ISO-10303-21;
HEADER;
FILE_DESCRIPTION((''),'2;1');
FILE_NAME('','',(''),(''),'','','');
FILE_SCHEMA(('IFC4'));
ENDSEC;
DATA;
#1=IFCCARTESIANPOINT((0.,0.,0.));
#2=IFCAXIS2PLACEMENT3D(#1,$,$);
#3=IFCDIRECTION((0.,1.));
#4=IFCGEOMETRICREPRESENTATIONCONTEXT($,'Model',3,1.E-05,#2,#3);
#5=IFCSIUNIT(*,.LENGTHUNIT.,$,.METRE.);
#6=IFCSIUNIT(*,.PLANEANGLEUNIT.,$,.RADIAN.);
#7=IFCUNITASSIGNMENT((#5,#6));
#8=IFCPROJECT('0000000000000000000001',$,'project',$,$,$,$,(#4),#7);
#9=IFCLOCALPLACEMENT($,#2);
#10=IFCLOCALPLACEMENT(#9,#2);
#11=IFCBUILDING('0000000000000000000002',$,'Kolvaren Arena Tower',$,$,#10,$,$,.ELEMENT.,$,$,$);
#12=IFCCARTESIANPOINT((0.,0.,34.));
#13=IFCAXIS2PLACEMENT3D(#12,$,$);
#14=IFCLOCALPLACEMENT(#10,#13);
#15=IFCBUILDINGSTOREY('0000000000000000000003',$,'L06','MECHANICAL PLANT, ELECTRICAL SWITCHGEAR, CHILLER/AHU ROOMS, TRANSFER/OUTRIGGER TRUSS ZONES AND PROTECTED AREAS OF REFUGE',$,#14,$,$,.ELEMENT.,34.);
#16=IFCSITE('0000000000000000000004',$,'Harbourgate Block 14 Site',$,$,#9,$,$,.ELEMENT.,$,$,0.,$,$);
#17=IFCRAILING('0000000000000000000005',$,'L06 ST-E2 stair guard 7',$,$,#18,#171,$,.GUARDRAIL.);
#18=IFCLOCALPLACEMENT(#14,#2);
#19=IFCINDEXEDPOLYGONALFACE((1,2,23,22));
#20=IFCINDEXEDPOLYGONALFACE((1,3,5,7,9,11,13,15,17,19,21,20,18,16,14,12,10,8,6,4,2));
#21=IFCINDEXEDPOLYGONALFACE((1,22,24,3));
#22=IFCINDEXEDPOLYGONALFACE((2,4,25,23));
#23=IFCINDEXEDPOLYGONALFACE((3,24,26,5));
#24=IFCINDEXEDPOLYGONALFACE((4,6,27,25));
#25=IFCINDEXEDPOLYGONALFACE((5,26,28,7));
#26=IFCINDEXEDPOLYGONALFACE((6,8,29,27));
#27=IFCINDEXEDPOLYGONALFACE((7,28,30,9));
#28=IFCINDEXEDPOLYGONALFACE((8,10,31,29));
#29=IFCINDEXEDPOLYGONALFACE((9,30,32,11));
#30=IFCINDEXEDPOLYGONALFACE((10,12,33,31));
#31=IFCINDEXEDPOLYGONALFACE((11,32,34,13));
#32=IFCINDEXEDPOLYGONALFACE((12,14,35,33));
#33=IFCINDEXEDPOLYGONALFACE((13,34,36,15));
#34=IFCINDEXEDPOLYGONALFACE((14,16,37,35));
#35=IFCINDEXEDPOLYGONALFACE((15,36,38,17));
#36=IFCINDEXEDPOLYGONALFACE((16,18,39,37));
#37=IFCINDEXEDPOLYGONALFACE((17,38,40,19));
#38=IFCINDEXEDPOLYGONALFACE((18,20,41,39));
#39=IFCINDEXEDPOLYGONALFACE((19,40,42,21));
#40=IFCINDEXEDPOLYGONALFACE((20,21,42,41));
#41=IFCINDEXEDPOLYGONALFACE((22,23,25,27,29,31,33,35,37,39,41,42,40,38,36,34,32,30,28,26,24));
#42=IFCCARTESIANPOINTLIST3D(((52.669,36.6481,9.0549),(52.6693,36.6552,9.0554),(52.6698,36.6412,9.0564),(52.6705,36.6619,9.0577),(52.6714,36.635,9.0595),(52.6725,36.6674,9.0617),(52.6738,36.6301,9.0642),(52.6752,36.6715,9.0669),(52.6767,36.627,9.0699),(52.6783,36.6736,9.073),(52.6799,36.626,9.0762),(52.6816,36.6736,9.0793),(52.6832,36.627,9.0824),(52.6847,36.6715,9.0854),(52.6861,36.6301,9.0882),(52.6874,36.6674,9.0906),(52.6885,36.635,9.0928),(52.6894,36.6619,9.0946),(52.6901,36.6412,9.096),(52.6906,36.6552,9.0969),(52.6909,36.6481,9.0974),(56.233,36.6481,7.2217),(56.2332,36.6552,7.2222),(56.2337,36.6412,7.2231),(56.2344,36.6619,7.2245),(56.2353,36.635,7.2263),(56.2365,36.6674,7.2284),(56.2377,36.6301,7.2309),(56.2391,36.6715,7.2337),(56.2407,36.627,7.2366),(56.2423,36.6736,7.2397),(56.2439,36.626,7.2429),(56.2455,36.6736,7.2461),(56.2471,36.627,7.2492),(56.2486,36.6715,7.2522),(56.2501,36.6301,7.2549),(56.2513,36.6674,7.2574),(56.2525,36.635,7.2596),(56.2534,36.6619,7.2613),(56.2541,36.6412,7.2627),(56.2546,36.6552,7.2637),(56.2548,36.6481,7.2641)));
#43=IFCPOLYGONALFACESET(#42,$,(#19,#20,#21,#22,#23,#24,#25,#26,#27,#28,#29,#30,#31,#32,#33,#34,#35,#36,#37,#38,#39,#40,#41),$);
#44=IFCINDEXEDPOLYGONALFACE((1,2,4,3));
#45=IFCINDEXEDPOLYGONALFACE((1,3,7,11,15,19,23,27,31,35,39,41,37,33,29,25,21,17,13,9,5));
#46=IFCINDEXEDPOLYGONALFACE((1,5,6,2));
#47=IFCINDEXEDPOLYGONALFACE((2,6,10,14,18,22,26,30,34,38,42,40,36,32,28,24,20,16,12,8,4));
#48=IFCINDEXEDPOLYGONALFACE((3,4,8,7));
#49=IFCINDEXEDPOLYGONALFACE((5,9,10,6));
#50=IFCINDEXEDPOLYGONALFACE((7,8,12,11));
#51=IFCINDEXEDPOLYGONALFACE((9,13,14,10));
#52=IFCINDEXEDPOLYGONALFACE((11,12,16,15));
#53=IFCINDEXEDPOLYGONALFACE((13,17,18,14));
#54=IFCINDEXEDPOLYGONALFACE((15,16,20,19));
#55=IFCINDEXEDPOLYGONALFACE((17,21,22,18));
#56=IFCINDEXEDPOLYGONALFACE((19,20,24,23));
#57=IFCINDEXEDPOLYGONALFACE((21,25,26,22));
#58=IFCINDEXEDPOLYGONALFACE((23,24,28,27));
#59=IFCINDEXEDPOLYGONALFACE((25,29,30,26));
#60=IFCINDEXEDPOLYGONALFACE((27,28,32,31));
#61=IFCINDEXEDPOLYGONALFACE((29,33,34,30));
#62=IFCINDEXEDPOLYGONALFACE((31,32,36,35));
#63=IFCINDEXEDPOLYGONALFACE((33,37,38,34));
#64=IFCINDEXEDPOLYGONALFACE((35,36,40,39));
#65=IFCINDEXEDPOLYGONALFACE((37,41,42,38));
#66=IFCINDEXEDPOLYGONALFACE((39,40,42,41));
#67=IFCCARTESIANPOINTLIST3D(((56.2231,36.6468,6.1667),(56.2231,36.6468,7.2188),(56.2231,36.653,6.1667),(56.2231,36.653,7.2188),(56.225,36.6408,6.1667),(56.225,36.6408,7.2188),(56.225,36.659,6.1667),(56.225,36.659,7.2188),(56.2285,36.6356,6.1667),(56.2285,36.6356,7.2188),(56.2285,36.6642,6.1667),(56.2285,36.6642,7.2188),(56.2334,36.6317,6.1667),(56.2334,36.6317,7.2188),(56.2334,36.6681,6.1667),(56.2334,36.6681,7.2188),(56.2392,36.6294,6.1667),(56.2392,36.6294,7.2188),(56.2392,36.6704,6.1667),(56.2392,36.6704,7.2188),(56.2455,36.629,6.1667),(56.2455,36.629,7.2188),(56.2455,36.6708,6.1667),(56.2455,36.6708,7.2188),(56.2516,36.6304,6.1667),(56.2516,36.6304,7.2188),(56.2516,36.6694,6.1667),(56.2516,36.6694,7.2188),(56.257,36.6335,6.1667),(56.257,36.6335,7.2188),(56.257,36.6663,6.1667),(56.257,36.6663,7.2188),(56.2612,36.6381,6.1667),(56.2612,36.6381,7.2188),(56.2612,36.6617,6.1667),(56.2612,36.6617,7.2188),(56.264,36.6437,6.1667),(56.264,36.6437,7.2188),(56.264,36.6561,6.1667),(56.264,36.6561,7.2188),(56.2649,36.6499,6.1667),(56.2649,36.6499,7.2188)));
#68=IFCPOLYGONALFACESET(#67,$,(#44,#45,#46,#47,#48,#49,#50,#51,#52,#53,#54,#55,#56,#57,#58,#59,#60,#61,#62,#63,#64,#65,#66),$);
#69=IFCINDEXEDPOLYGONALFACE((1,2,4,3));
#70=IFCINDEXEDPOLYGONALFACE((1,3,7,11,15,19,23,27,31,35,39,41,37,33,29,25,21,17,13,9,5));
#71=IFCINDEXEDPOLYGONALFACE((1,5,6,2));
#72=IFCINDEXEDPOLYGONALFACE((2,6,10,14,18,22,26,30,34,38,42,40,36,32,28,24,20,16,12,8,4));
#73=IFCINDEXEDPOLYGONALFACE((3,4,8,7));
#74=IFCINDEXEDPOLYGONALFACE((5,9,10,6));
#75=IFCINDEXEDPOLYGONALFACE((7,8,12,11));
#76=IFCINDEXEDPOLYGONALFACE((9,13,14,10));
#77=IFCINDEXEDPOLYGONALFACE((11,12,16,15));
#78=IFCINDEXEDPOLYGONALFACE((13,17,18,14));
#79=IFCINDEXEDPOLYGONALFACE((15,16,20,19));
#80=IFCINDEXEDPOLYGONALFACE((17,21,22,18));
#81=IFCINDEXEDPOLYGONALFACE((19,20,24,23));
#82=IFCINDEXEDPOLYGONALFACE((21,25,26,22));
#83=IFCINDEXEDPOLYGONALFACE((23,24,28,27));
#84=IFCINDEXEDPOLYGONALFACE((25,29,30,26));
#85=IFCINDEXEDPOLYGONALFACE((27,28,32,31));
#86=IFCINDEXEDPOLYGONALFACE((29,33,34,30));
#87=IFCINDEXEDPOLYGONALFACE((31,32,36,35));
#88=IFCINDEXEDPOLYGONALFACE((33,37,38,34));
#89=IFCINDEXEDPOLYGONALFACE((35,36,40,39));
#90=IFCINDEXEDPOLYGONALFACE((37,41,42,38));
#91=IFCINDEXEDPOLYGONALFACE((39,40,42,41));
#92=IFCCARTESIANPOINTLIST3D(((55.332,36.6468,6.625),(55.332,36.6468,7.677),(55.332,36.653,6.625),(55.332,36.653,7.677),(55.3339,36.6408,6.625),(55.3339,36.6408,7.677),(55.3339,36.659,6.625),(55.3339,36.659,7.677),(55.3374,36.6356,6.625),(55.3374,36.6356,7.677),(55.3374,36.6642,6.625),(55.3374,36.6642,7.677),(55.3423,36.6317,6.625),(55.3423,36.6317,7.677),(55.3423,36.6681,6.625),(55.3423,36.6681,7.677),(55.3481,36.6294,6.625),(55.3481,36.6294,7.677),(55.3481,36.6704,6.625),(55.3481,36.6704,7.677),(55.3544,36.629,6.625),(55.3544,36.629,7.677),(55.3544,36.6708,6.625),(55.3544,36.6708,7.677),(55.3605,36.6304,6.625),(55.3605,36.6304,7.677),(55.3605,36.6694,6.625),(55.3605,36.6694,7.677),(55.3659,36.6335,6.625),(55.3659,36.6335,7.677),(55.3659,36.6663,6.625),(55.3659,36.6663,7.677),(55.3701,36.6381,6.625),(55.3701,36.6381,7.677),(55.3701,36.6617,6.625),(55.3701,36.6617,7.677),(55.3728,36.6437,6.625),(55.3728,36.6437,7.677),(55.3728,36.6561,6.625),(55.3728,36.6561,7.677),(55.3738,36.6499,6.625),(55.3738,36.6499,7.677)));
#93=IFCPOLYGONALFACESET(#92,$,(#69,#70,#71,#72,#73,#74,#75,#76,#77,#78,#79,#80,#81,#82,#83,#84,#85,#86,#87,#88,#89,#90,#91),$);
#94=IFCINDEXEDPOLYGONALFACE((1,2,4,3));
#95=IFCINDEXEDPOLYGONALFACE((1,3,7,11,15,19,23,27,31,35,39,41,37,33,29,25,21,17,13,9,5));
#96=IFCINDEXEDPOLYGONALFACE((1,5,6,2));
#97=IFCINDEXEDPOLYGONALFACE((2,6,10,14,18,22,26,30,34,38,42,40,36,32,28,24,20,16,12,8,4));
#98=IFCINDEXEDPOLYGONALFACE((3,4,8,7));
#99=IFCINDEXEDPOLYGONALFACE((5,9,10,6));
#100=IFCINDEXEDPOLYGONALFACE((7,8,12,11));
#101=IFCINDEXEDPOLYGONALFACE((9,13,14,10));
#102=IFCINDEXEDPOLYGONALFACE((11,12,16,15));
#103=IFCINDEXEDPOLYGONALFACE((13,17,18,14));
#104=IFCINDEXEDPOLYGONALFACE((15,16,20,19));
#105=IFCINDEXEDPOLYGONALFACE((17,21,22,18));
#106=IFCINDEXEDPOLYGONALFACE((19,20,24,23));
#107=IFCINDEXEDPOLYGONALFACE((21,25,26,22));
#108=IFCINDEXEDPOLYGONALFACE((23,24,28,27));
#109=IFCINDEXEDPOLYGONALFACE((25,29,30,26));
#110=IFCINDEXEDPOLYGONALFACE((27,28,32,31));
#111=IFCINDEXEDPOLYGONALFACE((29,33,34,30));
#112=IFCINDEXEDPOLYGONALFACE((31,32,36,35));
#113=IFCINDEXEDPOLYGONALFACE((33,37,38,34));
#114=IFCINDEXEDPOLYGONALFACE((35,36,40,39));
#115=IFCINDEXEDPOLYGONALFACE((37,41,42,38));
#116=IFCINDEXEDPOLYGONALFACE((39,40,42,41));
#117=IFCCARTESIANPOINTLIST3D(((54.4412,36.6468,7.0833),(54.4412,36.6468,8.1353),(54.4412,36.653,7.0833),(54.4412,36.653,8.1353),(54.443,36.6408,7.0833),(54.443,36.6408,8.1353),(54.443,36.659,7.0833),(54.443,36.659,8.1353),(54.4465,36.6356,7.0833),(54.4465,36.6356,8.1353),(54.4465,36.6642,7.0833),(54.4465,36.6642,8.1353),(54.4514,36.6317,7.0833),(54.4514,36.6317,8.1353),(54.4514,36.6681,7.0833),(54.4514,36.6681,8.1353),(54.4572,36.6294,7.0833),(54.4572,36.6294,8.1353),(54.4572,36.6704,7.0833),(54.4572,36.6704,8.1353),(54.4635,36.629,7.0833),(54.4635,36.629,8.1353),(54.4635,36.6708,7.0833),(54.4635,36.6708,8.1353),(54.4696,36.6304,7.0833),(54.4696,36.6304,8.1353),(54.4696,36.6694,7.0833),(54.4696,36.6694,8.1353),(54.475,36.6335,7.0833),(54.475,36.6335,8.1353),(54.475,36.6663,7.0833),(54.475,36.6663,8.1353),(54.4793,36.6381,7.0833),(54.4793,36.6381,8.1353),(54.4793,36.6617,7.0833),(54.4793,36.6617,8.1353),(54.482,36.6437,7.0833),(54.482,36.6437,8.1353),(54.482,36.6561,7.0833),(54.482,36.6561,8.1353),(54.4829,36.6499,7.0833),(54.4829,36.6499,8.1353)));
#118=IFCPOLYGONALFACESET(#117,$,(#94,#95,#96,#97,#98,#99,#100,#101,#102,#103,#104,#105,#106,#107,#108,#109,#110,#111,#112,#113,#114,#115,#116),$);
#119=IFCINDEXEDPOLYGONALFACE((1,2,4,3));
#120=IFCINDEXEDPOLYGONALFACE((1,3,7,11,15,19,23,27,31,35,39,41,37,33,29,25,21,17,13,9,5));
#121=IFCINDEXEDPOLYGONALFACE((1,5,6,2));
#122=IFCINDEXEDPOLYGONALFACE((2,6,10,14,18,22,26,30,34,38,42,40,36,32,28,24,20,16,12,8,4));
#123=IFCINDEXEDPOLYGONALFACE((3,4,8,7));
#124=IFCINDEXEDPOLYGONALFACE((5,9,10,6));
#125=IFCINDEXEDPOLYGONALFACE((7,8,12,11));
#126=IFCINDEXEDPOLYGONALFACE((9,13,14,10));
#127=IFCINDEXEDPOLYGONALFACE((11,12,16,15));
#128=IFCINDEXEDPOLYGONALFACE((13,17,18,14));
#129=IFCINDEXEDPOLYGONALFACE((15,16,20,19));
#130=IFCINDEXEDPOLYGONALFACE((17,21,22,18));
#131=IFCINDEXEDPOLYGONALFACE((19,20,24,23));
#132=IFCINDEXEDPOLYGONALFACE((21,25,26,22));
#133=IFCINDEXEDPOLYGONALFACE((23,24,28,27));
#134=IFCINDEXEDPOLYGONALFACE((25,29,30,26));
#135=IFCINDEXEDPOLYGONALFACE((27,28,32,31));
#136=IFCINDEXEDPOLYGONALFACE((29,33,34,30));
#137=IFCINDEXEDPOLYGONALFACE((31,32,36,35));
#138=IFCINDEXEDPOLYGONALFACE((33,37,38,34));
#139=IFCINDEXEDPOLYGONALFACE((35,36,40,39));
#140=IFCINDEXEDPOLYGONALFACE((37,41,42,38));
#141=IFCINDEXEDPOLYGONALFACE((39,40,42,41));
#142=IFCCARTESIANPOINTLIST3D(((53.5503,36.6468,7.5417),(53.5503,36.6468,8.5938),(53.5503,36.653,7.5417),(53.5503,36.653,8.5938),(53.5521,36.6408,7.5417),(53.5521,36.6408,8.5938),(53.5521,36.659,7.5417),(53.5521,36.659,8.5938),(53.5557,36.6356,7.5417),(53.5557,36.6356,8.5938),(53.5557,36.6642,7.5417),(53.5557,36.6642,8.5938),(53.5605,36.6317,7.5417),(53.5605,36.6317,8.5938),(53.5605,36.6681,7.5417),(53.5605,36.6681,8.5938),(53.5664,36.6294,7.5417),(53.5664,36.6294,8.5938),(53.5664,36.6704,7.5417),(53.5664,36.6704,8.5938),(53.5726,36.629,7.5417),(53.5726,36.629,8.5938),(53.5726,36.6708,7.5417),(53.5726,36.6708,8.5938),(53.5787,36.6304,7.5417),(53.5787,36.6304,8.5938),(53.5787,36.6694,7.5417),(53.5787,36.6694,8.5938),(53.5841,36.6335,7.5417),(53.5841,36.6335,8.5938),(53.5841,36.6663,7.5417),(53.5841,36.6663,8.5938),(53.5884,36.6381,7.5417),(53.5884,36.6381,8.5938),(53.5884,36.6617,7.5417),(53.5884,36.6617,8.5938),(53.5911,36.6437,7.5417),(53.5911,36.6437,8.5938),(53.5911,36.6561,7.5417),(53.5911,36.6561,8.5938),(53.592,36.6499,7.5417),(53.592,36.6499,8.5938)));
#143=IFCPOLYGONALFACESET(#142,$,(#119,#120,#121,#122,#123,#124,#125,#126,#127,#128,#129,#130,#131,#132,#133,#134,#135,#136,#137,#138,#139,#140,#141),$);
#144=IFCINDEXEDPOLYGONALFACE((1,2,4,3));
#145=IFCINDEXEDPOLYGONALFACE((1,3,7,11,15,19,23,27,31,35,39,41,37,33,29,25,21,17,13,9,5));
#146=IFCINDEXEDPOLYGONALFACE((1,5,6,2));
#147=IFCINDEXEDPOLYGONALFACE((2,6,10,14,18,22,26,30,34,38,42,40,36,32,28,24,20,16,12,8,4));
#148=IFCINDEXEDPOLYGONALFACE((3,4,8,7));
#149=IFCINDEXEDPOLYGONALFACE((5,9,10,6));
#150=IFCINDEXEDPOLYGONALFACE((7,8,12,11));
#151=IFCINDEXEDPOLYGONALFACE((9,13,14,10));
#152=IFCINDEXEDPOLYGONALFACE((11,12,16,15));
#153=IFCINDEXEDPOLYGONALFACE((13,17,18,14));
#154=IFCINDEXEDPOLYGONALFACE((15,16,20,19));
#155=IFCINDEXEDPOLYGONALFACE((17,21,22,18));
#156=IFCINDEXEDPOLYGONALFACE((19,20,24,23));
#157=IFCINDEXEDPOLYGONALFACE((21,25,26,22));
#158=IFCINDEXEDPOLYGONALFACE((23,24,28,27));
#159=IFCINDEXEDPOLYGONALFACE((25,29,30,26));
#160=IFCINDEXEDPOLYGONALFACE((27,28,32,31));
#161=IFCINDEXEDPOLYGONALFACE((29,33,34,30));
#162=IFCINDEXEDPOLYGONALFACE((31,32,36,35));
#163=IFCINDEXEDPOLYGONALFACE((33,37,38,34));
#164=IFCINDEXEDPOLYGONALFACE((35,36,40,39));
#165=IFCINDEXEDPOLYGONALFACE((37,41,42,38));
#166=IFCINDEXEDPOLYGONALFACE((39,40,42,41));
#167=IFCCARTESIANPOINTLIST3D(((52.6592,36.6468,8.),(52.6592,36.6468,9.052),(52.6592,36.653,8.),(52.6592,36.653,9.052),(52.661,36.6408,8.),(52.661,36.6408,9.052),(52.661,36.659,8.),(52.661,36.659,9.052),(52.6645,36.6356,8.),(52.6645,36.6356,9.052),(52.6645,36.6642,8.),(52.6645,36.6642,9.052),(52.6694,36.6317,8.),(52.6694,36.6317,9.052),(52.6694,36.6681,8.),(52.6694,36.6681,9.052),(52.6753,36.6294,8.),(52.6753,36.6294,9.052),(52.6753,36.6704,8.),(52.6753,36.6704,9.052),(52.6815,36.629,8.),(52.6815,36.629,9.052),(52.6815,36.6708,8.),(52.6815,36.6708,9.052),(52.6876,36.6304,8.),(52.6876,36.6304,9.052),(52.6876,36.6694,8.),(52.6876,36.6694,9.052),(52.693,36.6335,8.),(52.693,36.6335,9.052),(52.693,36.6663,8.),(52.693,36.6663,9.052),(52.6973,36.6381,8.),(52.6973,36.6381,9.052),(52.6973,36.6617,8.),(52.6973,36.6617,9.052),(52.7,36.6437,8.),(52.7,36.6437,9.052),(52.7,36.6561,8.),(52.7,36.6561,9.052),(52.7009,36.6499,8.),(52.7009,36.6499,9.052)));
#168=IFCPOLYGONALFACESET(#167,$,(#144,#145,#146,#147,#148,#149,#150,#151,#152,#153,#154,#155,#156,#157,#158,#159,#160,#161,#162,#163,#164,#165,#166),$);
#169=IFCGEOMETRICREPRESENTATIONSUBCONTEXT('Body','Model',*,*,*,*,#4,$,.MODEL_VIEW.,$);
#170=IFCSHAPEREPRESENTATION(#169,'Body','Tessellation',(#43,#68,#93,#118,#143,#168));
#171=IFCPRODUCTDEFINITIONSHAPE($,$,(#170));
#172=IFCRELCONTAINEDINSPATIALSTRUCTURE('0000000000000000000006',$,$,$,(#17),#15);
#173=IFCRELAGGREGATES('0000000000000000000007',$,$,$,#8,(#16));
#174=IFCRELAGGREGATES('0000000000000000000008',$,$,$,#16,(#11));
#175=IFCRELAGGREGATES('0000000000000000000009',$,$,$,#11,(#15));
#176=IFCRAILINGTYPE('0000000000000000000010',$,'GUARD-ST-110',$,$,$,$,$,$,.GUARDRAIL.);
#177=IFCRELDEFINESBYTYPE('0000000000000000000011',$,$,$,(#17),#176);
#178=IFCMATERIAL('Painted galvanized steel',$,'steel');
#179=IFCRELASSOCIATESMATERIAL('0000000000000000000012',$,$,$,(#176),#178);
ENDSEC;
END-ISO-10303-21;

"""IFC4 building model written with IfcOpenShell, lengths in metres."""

from ifc_helpers import new_model, si_unit, direction, frame, origin, origin_2d, place, context, subcontext, project, spatial, circle, extrude, material, type_object, element, save


model = new_model("IFC4")

# Units and contexts
model_context = context("Model", 3, precision=1e-05, world=origin(), true_north=direction((0.0, 1.0)))
body_context = subcontext(model_context, "Body", "Model", "MODEL_VIEW")
ifc_project = project(units=[si_unit("LENGTHUNIT", "METRE"), si_unit("PLANEANGLEUNIT", "RADIAN")], contexts=[model_context])

# Site, building, storey
site_placement = place(None, origin())
site = spatial("IfcSite", under=ifc_project, at=site_placement, Name="Harbourgate Block 14 Site", CompositionType="ELEMENT", RefElevation=0.0)
building_placement = place(site_placement, origin())
building = spatial("IfcBuilding", under=site, at=building_placement, Name="Kolvaren Arena Tower", CompositionType="ELEMENT")
storey_placement = place(building_placement, frame((0.0, 0.0, 34.0)))
storey = spatial("IfcBuildingStorey", under=building, at=storey_placement, Name="L06", Description="MECHANICAL PLANT, ELECTRICAL SWITCHGEAR, CHILLER/AHU ROOMS, TRANSFER/OUTRIGGER TRUSS ZONES AND PROTECTED AREAS OF REFUGE", CompositionType="ELEMENT", Elevation=34.0)

# Railing
ifc_material_1 = material(Name="Painted galvanized steel", Category="steel")
railing_type_1 = type_object("IfcRailingType", Name="GUARD-ST-110", PredefinedType="GUARDRAIL", material=ifc_material_1)
railing_1_placement = place(storey_placement, frame((56.2439, 36.6499, 6.1667)))
element("IfcRailing", 1, at=railing_1_placement, inside=storey, type_object=railing_type_1, Name="L06 ST-E2 stair guard 7", PredefinedType="GUARDRAIL", context=body_context, shape_type="SweptSolid", body=[
    extrude(circle(Radius=0.0239, at=origin_2d()), frame((0.0, 0.0, 1.0762), z_axis=(-0.889252, 0.0, 0.457418), x_axis=(0.0, -1.0, 0.0)), (0.0, 0.0, 1.0), 4.0078),
    extrude(circle(Radius=0.021, at=origin_2d()), origin(), (0.0, 0.0, 1.0), 1.052),
    extrude(circle(Radius=0.021, at=origin_2d()), frame((-0.8911, 0.0, 0.4583)), (0.0, 0.0, 1.0), 1.052),
    extrude(circle(Radius=0.021, at=origin_2d()), frame((-1.782, 0.0, 0.9165)), (0.0, 0.0, 1.0), 1.052),
    extrude(circle(Radius=0.021, at=origin_2d()), frame((-2.6729, 0.0, 1.375)), (0.0, 0.0, 1.0), 1.052),
    extrude(circle(Radius=0.021, at=origin_2d()), frame((-3.564, 0.0, 1.8333)), (0.0, 0.0, 1.0), 1.052),
])

save(model, "model.ifc")
